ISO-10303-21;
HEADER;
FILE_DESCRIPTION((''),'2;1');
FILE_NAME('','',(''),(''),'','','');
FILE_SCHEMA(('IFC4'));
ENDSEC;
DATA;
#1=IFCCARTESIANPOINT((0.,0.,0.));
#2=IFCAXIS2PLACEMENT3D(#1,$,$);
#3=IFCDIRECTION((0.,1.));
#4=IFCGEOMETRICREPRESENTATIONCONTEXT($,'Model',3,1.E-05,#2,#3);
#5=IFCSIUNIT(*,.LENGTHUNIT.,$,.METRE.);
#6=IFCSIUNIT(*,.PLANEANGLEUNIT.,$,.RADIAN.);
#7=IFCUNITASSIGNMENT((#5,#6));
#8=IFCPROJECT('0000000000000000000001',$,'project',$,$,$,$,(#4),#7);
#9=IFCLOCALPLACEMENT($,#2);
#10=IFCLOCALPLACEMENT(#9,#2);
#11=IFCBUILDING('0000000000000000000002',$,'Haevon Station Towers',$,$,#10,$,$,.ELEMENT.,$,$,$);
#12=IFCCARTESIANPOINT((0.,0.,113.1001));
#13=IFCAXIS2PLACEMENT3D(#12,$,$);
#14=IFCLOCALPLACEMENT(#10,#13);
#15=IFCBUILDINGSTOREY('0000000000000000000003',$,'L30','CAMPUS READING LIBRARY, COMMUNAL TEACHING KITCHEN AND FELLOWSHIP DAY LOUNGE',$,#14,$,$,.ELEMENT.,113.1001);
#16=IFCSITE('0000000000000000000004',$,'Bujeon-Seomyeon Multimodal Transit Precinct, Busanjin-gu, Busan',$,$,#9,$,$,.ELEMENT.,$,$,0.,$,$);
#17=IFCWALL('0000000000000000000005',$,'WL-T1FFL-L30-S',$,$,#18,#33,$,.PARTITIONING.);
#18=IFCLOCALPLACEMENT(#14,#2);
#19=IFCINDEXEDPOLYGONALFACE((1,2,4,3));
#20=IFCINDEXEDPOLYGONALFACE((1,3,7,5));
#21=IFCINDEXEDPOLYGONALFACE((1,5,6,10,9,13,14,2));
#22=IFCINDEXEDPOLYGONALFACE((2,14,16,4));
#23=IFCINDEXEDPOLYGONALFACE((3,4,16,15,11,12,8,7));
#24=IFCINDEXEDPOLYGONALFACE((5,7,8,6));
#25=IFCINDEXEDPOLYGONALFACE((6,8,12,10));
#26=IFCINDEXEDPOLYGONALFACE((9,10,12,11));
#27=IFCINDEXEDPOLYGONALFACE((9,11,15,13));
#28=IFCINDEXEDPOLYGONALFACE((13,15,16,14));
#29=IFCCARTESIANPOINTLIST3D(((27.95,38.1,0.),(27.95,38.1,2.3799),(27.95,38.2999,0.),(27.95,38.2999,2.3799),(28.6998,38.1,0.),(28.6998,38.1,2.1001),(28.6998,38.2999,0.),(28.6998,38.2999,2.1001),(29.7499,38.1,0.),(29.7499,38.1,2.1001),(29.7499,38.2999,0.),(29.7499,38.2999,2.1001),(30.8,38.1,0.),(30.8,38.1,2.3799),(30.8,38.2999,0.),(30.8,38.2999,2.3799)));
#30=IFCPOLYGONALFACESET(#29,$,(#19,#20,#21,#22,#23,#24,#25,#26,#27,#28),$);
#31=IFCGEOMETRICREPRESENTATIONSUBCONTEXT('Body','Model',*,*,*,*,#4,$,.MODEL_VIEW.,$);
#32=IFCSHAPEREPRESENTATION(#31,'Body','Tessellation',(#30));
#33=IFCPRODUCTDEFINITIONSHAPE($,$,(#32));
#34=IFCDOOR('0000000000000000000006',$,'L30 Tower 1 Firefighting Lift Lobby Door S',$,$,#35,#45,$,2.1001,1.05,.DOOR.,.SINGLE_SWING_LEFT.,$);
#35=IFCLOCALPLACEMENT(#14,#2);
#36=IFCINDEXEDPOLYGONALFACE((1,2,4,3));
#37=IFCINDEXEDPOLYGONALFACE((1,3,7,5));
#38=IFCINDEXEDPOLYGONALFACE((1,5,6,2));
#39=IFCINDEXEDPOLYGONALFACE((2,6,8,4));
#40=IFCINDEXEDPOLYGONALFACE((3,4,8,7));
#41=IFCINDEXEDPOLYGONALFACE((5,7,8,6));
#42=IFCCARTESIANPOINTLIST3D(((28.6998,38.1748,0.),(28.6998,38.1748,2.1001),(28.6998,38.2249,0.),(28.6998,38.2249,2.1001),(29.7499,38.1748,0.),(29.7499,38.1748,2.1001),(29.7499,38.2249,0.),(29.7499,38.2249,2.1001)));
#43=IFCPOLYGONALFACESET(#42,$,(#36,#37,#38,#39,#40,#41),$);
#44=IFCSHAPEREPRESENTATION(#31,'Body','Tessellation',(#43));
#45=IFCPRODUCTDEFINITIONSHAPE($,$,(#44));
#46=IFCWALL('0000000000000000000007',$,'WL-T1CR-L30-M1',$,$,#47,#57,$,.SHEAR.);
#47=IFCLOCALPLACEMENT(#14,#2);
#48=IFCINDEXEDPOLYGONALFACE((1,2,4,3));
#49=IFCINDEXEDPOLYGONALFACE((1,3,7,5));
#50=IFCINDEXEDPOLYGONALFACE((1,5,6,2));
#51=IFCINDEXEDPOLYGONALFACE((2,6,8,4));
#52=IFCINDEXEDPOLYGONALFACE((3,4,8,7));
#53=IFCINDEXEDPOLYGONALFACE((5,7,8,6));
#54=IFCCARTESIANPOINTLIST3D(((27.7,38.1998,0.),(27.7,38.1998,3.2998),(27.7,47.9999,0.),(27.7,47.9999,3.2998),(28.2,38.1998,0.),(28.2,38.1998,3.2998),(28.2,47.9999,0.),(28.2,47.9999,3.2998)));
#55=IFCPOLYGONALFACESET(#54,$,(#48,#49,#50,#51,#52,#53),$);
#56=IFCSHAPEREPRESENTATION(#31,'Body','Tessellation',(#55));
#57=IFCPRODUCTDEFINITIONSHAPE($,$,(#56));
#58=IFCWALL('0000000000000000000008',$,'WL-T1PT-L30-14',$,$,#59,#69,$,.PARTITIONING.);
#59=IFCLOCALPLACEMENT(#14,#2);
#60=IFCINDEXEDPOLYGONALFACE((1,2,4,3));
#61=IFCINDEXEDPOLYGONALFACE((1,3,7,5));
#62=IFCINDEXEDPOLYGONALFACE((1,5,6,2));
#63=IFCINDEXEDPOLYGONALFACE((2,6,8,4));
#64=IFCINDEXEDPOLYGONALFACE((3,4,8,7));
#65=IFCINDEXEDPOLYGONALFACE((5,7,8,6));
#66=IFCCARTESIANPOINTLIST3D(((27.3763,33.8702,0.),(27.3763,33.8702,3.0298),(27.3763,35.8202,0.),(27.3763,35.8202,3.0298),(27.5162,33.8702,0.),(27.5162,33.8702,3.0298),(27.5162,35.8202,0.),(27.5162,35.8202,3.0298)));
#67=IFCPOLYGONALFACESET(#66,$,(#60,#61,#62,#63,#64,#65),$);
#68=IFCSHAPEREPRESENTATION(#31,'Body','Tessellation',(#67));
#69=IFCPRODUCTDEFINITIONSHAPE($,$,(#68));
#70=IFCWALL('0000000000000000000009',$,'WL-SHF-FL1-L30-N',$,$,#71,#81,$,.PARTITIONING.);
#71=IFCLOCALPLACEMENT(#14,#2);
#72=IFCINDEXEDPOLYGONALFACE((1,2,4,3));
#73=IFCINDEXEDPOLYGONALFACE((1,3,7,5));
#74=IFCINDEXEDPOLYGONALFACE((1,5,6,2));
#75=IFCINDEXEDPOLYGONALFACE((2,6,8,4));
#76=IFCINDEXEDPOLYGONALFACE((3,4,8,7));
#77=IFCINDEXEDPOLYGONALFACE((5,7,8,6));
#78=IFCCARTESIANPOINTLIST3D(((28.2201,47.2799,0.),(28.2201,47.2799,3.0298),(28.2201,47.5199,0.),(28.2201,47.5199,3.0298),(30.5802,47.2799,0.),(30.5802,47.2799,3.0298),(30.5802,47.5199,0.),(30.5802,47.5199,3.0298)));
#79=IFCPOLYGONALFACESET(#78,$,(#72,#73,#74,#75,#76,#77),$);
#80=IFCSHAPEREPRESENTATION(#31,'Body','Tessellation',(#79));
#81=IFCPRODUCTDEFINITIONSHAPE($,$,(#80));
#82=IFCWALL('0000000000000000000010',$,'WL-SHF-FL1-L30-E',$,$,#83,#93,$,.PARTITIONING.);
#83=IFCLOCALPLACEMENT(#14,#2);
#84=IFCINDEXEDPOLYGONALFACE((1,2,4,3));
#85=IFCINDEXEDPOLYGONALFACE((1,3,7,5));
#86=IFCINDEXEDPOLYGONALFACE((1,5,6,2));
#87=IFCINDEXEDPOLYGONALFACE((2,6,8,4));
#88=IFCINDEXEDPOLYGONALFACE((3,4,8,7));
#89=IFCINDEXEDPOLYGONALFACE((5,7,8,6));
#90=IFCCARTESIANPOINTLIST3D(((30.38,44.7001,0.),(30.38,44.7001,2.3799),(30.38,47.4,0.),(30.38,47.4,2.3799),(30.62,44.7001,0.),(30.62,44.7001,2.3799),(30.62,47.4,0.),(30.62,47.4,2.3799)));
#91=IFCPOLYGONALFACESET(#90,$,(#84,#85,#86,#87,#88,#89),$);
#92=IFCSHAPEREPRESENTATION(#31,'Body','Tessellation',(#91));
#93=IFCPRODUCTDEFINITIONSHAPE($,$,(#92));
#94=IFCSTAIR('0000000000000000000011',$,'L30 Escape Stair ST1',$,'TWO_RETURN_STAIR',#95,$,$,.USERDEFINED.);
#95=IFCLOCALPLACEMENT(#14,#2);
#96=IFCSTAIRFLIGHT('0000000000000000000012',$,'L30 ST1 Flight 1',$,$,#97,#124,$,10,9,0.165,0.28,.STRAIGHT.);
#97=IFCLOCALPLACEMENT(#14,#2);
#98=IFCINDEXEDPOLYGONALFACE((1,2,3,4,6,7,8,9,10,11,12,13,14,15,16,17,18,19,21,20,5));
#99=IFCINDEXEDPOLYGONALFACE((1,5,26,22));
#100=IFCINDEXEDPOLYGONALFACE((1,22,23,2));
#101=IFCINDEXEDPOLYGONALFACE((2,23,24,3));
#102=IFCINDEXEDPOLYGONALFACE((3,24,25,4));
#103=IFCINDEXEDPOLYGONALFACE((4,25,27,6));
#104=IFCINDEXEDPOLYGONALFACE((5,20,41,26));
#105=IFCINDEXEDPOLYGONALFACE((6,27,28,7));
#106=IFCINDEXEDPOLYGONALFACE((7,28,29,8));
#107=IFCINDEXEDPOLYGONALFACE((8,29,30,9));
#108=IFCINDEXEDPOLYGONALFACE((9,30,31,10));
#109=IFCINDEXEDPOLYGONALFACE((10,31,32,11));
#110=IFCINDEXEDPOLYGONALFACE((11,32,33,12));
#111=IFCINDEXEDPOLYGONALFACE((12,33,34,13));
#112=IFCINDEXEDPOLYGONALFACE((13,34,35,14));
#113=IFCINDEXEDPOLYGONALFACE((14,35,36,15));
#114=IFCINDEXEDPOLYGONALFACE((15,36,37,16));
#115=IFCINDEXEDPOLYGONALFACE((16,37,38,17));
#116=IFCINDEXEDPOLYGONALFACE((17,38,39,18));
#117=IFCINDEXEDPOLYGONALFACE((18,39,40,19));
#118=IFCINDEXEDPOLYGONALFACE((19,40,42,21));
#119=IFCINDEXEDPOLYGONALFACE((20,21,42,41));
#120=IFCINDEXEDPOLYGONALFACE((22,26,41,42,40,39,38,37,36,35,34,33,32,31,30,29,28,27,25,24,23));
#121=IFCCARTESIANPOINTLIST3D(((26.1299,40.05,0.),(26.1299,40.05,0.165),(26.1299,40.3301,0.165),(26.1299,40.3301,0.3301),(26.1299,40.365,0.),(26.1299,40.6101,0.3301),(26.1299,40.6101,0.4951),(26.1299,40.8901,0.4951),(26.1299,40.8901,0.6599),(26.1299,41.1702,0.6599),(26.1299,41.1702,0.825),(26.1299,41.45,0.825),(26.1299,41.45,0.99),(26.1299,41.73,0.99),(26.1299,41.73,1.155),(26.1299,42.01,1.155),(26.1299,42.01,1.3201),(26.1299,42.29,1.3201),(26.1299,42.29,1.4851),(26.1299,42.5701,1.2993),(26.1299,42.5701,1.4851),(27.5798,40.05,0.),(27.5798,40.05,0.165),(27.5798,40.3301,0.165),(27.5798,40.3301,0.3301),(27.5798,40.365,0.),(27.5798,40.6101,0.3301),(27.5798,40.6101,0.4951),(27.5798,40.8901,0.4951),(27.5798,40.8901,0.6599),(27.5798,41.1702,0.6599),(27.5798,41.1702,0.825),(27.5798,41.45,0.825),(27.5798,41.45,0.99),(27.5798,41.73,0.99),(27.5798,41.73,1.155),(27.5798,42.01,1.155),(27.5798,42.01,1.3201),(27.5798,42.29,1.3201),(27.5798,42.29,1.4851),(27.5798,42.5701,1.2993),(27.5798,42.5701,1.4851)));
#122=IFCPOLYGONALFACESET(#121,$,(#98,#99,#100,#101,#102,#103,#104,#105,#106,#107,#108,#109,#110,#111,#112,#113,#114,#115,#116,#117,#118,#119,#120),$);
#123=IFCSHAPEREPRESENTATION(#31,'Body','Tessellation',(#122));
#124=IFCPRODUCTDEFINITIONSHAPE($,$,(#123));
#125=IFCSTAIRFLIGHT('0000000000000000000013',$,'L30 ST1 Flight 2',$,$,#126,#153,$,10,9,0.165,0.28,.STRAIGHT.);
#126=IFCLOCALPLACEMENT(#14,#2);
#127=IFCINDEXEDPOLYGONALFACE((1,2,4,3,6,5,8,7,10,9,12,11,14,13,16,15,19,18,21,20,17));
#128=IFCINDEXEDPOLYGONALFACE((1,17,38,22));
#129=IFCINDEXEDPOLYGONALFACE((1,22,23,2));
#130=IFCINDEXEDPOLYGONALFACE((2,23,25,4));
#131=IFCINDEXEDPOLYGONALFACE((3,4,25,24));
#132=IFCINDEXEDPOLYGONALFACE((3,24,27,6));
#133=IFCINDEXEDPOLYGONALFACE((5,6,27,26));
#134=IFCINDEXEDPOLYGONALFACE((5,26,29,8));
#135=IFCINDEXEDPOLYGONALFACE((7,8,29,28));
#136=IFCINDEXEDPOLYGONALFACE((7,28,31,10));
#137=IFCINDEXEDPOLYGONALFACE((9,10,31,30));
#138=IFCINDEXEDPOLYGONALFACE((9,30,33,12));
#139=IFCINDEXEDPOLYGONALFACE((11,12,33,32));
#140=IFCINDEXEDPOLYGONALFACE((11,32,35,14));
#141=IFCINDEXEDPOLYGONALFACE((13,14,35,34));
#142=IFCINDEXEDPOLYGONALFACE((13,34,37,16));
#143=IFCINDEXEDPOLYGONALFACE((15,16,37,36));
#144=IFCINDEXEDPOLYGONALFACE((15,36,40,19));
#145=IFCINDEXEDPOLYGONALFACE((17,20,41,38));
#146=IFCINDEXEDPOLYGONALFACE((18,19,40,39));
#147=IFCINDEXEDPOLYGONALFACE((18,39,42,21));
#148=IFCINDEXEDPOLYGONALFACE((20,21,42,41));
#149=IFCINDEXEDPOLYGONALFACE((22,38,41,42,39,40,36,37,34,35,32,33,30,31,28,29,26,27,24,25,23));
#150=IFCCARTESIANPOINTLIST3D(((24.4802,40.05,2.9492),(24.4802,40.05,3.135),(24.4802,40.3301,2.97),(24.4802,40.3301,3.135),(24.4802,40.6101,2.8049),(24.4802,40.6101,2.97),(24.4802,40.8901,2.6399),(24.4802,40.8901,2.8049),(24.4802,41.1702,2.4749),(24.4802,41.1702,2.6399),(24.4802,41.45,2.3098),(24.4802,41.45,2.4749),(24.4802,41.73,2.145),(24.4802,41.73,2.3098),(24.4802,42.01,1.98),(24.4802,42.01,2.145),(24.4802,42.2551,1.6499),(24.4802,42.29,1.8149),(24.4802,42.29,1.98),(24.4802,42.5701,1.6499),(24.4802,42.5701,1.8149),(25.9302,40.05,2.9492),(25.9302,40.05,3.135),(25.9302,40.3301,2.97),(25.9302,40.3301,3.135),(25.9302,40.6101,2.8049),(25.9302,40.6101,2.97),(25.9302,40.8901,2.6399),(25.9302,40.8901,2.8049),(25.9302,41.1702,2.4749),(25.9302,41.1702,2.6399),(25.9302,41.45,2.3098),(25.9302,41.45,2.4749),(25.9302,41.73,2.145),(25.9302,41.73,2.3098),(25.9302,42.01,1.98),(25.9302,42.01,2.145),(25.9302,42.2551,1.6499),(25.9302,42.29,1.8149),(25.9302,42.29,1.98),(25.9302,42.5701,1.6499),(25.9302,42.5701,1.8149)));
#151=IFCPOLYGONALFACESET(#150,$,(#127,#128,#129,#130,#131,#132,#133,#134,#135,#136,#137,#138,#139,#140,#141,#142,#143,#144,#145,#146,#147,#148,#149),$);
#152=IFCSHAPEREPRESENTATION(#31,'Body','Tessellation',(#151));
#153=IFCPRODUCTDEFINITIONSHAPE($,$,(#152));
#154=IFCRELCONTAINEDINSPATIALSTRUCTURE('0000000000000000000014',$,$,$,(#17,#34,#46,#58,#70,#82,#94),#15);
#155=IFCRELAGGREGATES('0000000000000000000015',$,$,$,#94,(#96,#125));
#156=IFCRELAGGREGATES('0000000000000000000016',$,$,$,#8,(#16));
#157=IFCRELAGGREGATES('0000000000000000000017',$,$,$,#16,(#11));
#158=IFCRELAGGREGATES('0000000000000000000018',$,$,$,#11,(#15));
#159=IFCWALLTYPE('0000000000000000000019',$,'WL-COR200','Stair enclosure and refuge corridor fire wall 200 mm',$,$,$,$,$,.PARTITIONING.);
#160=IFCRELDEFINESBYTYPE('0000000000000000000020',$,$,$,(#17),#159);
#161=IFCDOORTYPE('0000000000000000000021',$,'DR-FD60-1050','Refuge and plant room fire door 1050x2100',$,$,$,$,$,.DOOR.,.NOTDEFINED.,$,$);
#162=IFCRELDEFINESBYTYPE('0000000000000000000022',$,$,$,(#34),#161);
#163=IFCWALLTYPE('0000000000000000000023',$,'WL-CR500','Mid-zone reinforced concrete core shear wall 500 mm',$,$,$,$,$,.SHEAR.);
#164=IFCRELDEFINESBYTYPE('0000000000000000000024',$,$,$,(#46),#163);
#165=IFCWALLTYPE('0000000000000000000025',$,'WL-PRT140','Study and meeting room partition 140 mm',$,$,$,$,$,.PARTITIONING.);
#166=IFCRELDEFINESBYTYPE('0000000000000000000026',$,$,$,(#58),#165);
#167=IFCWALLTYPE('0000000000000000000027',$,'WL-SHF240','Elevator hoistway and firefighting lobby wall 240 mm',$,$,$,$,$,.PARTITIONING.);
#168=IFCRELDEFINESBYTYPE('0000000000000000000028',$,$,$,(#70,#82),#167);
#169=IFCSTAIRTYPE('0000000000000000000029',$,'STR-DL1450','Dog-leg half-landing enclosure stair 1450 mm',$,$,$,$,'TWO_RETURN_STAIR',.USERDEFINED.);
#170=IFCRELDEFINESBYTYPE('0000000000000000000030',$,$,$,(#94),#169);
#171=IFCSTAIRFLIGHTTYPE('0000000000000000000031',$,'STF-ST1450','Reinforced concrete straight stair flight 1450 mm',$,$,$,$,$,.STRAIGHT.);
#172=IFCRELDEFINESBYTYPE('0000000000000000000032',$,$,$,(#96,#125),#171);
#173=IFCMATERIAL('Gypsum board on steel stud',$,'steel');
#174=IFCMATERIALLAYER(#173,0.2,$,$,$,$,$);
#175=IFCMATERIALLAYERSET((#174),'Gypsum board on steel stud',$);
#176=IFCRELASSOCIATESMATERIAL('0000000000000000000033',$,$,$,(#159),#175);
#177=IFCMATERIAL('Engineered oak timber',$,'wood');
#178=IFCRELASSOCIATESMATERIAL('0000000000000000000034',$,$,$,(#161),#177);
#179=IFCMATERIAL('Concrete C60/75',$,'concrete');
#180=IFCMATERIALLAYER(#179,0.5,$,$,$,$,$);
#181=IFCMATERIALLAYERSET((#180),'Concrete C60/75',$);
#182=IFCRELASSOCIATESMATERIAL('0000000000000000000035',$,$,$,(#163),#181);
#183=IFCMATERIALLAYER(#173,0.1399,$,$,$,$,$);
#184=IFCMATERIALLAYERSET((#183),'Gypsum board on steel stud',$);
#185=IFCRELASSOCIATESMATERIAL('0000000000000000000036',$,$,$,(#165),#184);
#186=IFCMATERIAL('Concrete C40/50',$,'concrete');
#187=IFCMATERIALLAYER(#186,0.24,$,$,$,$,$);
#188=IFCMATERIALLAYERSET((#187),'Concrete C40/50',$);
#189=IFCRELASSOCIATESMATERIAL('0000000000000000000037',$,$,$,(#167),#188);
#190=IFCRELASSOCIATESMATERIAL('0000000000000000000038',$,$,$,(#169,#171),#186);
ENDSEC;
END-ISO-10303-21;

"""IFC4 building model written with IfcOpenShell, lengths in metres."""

from ifc_helpers import new_model, si_unit, direction, frame, frame_2d, origin, place, context, subcontext, project, spatial, polyline, rectangle, outline, extrude, material, layer, layer_set, type_object, element, fill, aggregate, save


model = new_model("IFC4")

# Units and contexts
model_context = context("Model", 3, precision=1e-05, world=origin(), true_north=direction((0.0, 1.0)))
body_context = subcontext(model_context, "Body", "Model", "MODEL_VIEW")
ifc_project = project(units=[si_unit("LENGTHUNIT", "METRE"), si_unit("PLANEANGLEUNIT", "RADIAN")], contexts=[model_context])

# Site, building, storey
site_placement = place(None, origin())
site = spatial("IfcSite", under=ifc_project, at=site_placement, Name="Bujeon-Seomyeon Multimodal Transit Precinct, Busanjin-gu, Busan", CompositionType="ELEMENT", RefElevation=0.0)
building_placement = place(site_placement, origin())
building = spatial("IfcBuilding", under=site, at=building_placement, Name="Haevon Station Towers", CompositionType="ELEMENT")
storey_placement = place(building_placement, frame((0.0, 0.0, 113.1001)))
storey = spatial("IfcBuildingStorey", under=building, at=storey_placement, Name="L30", Description="CAMPUS READING LIBRARY, COMMUNAL TEACHING KITCHEN AND FELLOWSHIP DAY LOUNGE", CompositionType="ELEMENT", Elevation=113.1001)

# Wall, opening, door
ifc_material_1 = material(Name="Gypsum board on steel stud", Category="steel")
ifc_layer_1 = layer(ifc_material_1, 0.2)
ifc_layer_set_1 = layer_set([ifc_layer_1], Name="Gypsum board on steel stud")
wall_type_1 = type_object("IfcWallType", Name="WL-COR200", Description="Stair enclosure and refuge corridor fire wall 200 mm", PredefinedType="PARTITIONING", material=ifc_layer_set_1)
wall_1_placement = place(storey_placement, frame((27.95, 38.2, 0.0), z_axis=(0.0, 0.0, 1.0), x_axis=(1.0, 0.0, 0.0)))
wall_1 = element("IfcWall", 1, at=wall_1_placement, inside=storey, type_object=wall_type_1, Name="WL-T1FFL-L30-S", PredefinedType="PARTITIONING", context=body_context, shape_type="SweptSolid", body=[
    extrude(rectangle(XDim=2.8501, YDim=0.2, at=frame_2d((1.425, 0.0))), origin(), (0.0, 0.0, 1.0), 2.3799),
])
opening_1_placement = place(wall_1_placement, frame((0.75, 0.0, 0.0)))
opening_1 = element("IfcOpeningElement", 2, at=opening_1_placement, cuts=wall_1, PredefinedType="OPENING", context=body_context, shape_type="SweptSolid", body=[
    extrude(rectangle(XDim=1.05, YDim=2.1001, at=frame_2d((0.5249, 1.05))), frame((0.0, 0.1099, 0.0), z_axis=(0.0, -1.0, 0.0), x_axis=(1.0, 0.0, 0.0)), (0.0, 0.0, 1.0), 0.22),
])
ifc_material_2 = material(Name="Engineered oak timber", Category="wood")
door_type_1 = type_object("IfcDoorType", Name="DR-FD60-1050", Description="Refuge and plant room fire door 1050x2100", OperationType="NOTDEFINED", PredefinedType="DOOR", material=ifc_material_2)
door_1_placement = place(opening_1_placement, origin())
door_1 = element("IfcDoor", 3, at=door_1_placement, inside=storey, type_object=door_type_1, Name="L30 Tower 1 Firefighting Lift Lobby Door S", OperationType="SINGLE_SWING_LEFT", OverallHeight=2.1001, OverallWidth=1.05, PredefinedType="DOOR", context=body_context, shape_type="SweptSolid", body=[
    extrude(rectangle(XDim=1.05, YDim=2.1001, at=frame_2d((0.5249, 1.05))), frame((0.0, 0.0249, 0.0), z_axis=(0.0, -1.0, 0.0), x_axis=(1.0, 0.0, 0.0)), (0.0, 0.0, 1.0), 0.05),
])
fill(opening_1, door_1)

# Walls
ifc_material_3 = material(Name="Concrete C60/75", Category="concrete")
ifc_layer_2 = layer(ifc_material_3, 0.5)
ifc_layer_set_2 = layer_set([ifc_layer_2], Name="Concrete C60/75")
wall_type_2 = type_object("IfcWallType", Name="WL-CR500", Description="Mid-zone reinforced concrete core shear wall 500 mm", PredefinedType="SHEAR", material=ifc_layer_set_2)
wall_2_placement = place(storey_placement, frame((27.95, 38.2, 0.0), z_axis=(0.0, 0.0, 1.0), x_axis=(0.0, 1.0, 0.0)))
element("IfcWall", 4, at=wall_2_placement, inside=storey, type_object=wall_type_2, Name="WL-T1CR-L30-M1", PredefinedType="SHEAR", context=body_context, shape_type="SweptSolid", body=[
    extrude(rectangle(XDim=9.8, YDim=0.5, at=frame_2d((4.8999, 0.0))), origin(), (0.0, 0.0, 1.0), 3.2998),
])
ifc_layer_3 = layer(ifc_material_1, 0.1399)
ifc_layer_set_3 = layer_set([ifc_layer_3], Name="Gypsum board on steel stud")
wall_type_3 = type_object("IfcWallType", Name="WL-PRT140", Description="Study and meeting room partition 140 mm", PredefinedType="PARTITIONING", material=ifc_layer_set_3)
wall_3_placement = place(storey_placement, frame((27.4463, 33.8701, 0.0), z_axis=(0.0, 0.0, 1.0), x_axis=(0.0, 1.0, 0.0)))
element("IfcWall", 5, at=wall_3_placement, inside=storey, type_object=wall_type_3, Name="WL-T1PT-L30-14", PredefinedType="PARTITIONING", context=body_context, shape_type="SweptSolid", body=[
    extrude(rectangle(XDim=1.95, YDim=0.1399, at=frame_2d((0.9751, 0.0))), origin(), (0.0, 0.0, 1.0), 3.0298),
])

# Shared definitions
ifc_material_4 = material(Name="Concrete C40/50", Category="concrete")
ifc_layer_4 = layer(ifc_material_4, 0.24)
ifc_layer_set_4 = layer_set([ifc_layer_4], Name="Concrete C40/50")
wall_type_4 = type_object("IfcWallType", Name="WL-SHF240", Description="Elevator hoistway and firefighting lobby wall 240 mm", PredefinedType="PARTITIONING", material=ifc_layer_set_4)

# Walls
wall_4_placement = place(storey_placement, frame((28.22, 47.3999, 0.0), z_axis=(0.0, 0.0, 1.0), x_axis=(1.0, 0.0, 0.0)))
element("IfcWall", 6, at=wall_4_placement, inside=storey, type_object=wall_type_4, Name="WL-SHF-FL1-L30-N", PredefinedType="PARTITIONING", context=body_context, shape_type="SweptSolid", body=[
    extrude(rectangle(XDim=2.3601, YDim=0.24, at=frame_2d((1.1802, 0.0))), origin(), (0.0, 0.0, 1.0), 3.0298),
])
wall_5_placement = place(storey_placement, frame((30.5, 44.7, 0.0), z_axis=(0.0, 0.0, 1.0), x_axis=(0.0, 1.0, 0.0)))
element("IfcWall", 7, at=wall_5_placement, inside=storey, type_object=wall_type_4, Name="WL-SHF-FL1-L30-E", PredefinedType="PARTITIONING", context=body_context, shape_type="SweptSolid", body=[
    extrude(rectangle(XDim=2.7, YDim=0.24, at=frame_2d((1.3501, 0.0))), origin(), (0.0, 0.0, 1.0), 2.3799),
])

# Stair, stair flights
stair_type = type_object("IfcStairType", Name="STR-DL1450", Description="Dog-leg half-landing enclosure stair 1450 mm", ElementType="TWO_RETURN_STAIR", PredefinedType="USERDEFINED", material=ifc_material_4)
stair_placement = place(storey_placement, origin())
stair = element("IfcStair", 8, at=stair_placement, inside=storey, type_object=stair_type, Name="L30 Escape Stair ST1", ObjectType="TWO_RETURN_STAIR", PredefinedType="USERDEFINED")
stair_flight_type = type_object("IfcStairFlightType", Name="STF-ST1450", Description="Reinforced concrete straight stair flight 1450 mm", PredefinedType="STRAIGHT", material=ifc_material_4)
stair_flight_1_placement = place(storey_placement, frame((26.855, 40.05, 0.0), z_axis=(0.0, 0.0, 1.0), x_axis=(0.0, 1.0, 0.0)))
stair_flight_1 = element("IfcStairFlight", 9, at=stair_flight_1_placement, type_object=stair_flight_type, Name="L30 ST1 Flight 1", NumberOfRisers=10, NumberOfTreads=9, PredefinedType="STRAIGHT", RiserHeight=0.165, TreadLength=0.28, context=body_context, shape_type="SweptSolid", body=[
    extrude(outline(polyline([(0.0, 0.0), (0.0, 0.165), (0.28, 0.165), (0.28, 0.3301), (0.5601, 0.3301), (0.5601, 0.4951), (0.8401, 0.4951), (0.8401, 0.6599), (1.1201, 0.6599), (1.1201, 0.825), (1.3999, 0.825), (1.3999, 0.99), (1.6799, 0.99), (1.6799, 1.155), (1.96, 1.155), (1.96, 1.3201), (2.24, 1.3201), (2.24, 1.4851), (2.52, 1.4851), (2.52, 1.6499), (2.52, 1.2993), (0.3149, 0.0), (0.0, 0.0)])), frame((0.0, 0.7251, 0.0), z_axis=(0.0, -1.0, 0.0), x_axis=(1.0, 0.0, 0.0)), (0.0, 0.0, 1.0), 1.45),
])
stair_flight_2_placement = place(storey_placement, frame((25.2051, 42.5701, 1.6499), z_axis=(0.0, 0.0, 1.0), x_axis=(0.0, -1.0, 0.0)))
stair_flight_2 = element("IfcStairFlight", 10, at=stair_flight_2_placement, type_object=stair_flight_type, Name="L30 ST1 Flight 2", NumberOfRisers=10, NumberOfTreads=9, PredefinedType="STRAIGHT", RiserHeight=0.165, TreadLength=0.28, context=body_context, shape_type="SweptSolid", body=[
    extrude(outline(polyline([(0.0, 0.0), (0.0, 0.165), (0.28, 0.165), (0.28, 0.3301), (0.5601, 0.3301), (0.5601, 0.4951), (0.8401, 0.4951), (0.8401, 0.6599), (1.1201, 0.6599), (1.1201, 0.825), (1.3999, 0.825), (1.3999, 0.99), (1.6799, 0.99), (1.6799, 1.155), (1.96, 1.155), (1.96, 1.3201), (2.24, 1.3201), (2.24, 1.4851), (2.52, 1.4851), (2.52, 1.6499), (2.52, 1.2993), (0.3149, 0.0), (0.0, 0.0)])), frame((0.0, 0.7251, 0.0), z_axis=(0.0, -1.0, 0.0), x_axis=(1.0, 0.0, 0.0)), (0.0, 0.0, 1.0), 1.45),
])
aggregate(stair, [stair_flight_1, stair_flight_2])

save(model, "model.ifc")
